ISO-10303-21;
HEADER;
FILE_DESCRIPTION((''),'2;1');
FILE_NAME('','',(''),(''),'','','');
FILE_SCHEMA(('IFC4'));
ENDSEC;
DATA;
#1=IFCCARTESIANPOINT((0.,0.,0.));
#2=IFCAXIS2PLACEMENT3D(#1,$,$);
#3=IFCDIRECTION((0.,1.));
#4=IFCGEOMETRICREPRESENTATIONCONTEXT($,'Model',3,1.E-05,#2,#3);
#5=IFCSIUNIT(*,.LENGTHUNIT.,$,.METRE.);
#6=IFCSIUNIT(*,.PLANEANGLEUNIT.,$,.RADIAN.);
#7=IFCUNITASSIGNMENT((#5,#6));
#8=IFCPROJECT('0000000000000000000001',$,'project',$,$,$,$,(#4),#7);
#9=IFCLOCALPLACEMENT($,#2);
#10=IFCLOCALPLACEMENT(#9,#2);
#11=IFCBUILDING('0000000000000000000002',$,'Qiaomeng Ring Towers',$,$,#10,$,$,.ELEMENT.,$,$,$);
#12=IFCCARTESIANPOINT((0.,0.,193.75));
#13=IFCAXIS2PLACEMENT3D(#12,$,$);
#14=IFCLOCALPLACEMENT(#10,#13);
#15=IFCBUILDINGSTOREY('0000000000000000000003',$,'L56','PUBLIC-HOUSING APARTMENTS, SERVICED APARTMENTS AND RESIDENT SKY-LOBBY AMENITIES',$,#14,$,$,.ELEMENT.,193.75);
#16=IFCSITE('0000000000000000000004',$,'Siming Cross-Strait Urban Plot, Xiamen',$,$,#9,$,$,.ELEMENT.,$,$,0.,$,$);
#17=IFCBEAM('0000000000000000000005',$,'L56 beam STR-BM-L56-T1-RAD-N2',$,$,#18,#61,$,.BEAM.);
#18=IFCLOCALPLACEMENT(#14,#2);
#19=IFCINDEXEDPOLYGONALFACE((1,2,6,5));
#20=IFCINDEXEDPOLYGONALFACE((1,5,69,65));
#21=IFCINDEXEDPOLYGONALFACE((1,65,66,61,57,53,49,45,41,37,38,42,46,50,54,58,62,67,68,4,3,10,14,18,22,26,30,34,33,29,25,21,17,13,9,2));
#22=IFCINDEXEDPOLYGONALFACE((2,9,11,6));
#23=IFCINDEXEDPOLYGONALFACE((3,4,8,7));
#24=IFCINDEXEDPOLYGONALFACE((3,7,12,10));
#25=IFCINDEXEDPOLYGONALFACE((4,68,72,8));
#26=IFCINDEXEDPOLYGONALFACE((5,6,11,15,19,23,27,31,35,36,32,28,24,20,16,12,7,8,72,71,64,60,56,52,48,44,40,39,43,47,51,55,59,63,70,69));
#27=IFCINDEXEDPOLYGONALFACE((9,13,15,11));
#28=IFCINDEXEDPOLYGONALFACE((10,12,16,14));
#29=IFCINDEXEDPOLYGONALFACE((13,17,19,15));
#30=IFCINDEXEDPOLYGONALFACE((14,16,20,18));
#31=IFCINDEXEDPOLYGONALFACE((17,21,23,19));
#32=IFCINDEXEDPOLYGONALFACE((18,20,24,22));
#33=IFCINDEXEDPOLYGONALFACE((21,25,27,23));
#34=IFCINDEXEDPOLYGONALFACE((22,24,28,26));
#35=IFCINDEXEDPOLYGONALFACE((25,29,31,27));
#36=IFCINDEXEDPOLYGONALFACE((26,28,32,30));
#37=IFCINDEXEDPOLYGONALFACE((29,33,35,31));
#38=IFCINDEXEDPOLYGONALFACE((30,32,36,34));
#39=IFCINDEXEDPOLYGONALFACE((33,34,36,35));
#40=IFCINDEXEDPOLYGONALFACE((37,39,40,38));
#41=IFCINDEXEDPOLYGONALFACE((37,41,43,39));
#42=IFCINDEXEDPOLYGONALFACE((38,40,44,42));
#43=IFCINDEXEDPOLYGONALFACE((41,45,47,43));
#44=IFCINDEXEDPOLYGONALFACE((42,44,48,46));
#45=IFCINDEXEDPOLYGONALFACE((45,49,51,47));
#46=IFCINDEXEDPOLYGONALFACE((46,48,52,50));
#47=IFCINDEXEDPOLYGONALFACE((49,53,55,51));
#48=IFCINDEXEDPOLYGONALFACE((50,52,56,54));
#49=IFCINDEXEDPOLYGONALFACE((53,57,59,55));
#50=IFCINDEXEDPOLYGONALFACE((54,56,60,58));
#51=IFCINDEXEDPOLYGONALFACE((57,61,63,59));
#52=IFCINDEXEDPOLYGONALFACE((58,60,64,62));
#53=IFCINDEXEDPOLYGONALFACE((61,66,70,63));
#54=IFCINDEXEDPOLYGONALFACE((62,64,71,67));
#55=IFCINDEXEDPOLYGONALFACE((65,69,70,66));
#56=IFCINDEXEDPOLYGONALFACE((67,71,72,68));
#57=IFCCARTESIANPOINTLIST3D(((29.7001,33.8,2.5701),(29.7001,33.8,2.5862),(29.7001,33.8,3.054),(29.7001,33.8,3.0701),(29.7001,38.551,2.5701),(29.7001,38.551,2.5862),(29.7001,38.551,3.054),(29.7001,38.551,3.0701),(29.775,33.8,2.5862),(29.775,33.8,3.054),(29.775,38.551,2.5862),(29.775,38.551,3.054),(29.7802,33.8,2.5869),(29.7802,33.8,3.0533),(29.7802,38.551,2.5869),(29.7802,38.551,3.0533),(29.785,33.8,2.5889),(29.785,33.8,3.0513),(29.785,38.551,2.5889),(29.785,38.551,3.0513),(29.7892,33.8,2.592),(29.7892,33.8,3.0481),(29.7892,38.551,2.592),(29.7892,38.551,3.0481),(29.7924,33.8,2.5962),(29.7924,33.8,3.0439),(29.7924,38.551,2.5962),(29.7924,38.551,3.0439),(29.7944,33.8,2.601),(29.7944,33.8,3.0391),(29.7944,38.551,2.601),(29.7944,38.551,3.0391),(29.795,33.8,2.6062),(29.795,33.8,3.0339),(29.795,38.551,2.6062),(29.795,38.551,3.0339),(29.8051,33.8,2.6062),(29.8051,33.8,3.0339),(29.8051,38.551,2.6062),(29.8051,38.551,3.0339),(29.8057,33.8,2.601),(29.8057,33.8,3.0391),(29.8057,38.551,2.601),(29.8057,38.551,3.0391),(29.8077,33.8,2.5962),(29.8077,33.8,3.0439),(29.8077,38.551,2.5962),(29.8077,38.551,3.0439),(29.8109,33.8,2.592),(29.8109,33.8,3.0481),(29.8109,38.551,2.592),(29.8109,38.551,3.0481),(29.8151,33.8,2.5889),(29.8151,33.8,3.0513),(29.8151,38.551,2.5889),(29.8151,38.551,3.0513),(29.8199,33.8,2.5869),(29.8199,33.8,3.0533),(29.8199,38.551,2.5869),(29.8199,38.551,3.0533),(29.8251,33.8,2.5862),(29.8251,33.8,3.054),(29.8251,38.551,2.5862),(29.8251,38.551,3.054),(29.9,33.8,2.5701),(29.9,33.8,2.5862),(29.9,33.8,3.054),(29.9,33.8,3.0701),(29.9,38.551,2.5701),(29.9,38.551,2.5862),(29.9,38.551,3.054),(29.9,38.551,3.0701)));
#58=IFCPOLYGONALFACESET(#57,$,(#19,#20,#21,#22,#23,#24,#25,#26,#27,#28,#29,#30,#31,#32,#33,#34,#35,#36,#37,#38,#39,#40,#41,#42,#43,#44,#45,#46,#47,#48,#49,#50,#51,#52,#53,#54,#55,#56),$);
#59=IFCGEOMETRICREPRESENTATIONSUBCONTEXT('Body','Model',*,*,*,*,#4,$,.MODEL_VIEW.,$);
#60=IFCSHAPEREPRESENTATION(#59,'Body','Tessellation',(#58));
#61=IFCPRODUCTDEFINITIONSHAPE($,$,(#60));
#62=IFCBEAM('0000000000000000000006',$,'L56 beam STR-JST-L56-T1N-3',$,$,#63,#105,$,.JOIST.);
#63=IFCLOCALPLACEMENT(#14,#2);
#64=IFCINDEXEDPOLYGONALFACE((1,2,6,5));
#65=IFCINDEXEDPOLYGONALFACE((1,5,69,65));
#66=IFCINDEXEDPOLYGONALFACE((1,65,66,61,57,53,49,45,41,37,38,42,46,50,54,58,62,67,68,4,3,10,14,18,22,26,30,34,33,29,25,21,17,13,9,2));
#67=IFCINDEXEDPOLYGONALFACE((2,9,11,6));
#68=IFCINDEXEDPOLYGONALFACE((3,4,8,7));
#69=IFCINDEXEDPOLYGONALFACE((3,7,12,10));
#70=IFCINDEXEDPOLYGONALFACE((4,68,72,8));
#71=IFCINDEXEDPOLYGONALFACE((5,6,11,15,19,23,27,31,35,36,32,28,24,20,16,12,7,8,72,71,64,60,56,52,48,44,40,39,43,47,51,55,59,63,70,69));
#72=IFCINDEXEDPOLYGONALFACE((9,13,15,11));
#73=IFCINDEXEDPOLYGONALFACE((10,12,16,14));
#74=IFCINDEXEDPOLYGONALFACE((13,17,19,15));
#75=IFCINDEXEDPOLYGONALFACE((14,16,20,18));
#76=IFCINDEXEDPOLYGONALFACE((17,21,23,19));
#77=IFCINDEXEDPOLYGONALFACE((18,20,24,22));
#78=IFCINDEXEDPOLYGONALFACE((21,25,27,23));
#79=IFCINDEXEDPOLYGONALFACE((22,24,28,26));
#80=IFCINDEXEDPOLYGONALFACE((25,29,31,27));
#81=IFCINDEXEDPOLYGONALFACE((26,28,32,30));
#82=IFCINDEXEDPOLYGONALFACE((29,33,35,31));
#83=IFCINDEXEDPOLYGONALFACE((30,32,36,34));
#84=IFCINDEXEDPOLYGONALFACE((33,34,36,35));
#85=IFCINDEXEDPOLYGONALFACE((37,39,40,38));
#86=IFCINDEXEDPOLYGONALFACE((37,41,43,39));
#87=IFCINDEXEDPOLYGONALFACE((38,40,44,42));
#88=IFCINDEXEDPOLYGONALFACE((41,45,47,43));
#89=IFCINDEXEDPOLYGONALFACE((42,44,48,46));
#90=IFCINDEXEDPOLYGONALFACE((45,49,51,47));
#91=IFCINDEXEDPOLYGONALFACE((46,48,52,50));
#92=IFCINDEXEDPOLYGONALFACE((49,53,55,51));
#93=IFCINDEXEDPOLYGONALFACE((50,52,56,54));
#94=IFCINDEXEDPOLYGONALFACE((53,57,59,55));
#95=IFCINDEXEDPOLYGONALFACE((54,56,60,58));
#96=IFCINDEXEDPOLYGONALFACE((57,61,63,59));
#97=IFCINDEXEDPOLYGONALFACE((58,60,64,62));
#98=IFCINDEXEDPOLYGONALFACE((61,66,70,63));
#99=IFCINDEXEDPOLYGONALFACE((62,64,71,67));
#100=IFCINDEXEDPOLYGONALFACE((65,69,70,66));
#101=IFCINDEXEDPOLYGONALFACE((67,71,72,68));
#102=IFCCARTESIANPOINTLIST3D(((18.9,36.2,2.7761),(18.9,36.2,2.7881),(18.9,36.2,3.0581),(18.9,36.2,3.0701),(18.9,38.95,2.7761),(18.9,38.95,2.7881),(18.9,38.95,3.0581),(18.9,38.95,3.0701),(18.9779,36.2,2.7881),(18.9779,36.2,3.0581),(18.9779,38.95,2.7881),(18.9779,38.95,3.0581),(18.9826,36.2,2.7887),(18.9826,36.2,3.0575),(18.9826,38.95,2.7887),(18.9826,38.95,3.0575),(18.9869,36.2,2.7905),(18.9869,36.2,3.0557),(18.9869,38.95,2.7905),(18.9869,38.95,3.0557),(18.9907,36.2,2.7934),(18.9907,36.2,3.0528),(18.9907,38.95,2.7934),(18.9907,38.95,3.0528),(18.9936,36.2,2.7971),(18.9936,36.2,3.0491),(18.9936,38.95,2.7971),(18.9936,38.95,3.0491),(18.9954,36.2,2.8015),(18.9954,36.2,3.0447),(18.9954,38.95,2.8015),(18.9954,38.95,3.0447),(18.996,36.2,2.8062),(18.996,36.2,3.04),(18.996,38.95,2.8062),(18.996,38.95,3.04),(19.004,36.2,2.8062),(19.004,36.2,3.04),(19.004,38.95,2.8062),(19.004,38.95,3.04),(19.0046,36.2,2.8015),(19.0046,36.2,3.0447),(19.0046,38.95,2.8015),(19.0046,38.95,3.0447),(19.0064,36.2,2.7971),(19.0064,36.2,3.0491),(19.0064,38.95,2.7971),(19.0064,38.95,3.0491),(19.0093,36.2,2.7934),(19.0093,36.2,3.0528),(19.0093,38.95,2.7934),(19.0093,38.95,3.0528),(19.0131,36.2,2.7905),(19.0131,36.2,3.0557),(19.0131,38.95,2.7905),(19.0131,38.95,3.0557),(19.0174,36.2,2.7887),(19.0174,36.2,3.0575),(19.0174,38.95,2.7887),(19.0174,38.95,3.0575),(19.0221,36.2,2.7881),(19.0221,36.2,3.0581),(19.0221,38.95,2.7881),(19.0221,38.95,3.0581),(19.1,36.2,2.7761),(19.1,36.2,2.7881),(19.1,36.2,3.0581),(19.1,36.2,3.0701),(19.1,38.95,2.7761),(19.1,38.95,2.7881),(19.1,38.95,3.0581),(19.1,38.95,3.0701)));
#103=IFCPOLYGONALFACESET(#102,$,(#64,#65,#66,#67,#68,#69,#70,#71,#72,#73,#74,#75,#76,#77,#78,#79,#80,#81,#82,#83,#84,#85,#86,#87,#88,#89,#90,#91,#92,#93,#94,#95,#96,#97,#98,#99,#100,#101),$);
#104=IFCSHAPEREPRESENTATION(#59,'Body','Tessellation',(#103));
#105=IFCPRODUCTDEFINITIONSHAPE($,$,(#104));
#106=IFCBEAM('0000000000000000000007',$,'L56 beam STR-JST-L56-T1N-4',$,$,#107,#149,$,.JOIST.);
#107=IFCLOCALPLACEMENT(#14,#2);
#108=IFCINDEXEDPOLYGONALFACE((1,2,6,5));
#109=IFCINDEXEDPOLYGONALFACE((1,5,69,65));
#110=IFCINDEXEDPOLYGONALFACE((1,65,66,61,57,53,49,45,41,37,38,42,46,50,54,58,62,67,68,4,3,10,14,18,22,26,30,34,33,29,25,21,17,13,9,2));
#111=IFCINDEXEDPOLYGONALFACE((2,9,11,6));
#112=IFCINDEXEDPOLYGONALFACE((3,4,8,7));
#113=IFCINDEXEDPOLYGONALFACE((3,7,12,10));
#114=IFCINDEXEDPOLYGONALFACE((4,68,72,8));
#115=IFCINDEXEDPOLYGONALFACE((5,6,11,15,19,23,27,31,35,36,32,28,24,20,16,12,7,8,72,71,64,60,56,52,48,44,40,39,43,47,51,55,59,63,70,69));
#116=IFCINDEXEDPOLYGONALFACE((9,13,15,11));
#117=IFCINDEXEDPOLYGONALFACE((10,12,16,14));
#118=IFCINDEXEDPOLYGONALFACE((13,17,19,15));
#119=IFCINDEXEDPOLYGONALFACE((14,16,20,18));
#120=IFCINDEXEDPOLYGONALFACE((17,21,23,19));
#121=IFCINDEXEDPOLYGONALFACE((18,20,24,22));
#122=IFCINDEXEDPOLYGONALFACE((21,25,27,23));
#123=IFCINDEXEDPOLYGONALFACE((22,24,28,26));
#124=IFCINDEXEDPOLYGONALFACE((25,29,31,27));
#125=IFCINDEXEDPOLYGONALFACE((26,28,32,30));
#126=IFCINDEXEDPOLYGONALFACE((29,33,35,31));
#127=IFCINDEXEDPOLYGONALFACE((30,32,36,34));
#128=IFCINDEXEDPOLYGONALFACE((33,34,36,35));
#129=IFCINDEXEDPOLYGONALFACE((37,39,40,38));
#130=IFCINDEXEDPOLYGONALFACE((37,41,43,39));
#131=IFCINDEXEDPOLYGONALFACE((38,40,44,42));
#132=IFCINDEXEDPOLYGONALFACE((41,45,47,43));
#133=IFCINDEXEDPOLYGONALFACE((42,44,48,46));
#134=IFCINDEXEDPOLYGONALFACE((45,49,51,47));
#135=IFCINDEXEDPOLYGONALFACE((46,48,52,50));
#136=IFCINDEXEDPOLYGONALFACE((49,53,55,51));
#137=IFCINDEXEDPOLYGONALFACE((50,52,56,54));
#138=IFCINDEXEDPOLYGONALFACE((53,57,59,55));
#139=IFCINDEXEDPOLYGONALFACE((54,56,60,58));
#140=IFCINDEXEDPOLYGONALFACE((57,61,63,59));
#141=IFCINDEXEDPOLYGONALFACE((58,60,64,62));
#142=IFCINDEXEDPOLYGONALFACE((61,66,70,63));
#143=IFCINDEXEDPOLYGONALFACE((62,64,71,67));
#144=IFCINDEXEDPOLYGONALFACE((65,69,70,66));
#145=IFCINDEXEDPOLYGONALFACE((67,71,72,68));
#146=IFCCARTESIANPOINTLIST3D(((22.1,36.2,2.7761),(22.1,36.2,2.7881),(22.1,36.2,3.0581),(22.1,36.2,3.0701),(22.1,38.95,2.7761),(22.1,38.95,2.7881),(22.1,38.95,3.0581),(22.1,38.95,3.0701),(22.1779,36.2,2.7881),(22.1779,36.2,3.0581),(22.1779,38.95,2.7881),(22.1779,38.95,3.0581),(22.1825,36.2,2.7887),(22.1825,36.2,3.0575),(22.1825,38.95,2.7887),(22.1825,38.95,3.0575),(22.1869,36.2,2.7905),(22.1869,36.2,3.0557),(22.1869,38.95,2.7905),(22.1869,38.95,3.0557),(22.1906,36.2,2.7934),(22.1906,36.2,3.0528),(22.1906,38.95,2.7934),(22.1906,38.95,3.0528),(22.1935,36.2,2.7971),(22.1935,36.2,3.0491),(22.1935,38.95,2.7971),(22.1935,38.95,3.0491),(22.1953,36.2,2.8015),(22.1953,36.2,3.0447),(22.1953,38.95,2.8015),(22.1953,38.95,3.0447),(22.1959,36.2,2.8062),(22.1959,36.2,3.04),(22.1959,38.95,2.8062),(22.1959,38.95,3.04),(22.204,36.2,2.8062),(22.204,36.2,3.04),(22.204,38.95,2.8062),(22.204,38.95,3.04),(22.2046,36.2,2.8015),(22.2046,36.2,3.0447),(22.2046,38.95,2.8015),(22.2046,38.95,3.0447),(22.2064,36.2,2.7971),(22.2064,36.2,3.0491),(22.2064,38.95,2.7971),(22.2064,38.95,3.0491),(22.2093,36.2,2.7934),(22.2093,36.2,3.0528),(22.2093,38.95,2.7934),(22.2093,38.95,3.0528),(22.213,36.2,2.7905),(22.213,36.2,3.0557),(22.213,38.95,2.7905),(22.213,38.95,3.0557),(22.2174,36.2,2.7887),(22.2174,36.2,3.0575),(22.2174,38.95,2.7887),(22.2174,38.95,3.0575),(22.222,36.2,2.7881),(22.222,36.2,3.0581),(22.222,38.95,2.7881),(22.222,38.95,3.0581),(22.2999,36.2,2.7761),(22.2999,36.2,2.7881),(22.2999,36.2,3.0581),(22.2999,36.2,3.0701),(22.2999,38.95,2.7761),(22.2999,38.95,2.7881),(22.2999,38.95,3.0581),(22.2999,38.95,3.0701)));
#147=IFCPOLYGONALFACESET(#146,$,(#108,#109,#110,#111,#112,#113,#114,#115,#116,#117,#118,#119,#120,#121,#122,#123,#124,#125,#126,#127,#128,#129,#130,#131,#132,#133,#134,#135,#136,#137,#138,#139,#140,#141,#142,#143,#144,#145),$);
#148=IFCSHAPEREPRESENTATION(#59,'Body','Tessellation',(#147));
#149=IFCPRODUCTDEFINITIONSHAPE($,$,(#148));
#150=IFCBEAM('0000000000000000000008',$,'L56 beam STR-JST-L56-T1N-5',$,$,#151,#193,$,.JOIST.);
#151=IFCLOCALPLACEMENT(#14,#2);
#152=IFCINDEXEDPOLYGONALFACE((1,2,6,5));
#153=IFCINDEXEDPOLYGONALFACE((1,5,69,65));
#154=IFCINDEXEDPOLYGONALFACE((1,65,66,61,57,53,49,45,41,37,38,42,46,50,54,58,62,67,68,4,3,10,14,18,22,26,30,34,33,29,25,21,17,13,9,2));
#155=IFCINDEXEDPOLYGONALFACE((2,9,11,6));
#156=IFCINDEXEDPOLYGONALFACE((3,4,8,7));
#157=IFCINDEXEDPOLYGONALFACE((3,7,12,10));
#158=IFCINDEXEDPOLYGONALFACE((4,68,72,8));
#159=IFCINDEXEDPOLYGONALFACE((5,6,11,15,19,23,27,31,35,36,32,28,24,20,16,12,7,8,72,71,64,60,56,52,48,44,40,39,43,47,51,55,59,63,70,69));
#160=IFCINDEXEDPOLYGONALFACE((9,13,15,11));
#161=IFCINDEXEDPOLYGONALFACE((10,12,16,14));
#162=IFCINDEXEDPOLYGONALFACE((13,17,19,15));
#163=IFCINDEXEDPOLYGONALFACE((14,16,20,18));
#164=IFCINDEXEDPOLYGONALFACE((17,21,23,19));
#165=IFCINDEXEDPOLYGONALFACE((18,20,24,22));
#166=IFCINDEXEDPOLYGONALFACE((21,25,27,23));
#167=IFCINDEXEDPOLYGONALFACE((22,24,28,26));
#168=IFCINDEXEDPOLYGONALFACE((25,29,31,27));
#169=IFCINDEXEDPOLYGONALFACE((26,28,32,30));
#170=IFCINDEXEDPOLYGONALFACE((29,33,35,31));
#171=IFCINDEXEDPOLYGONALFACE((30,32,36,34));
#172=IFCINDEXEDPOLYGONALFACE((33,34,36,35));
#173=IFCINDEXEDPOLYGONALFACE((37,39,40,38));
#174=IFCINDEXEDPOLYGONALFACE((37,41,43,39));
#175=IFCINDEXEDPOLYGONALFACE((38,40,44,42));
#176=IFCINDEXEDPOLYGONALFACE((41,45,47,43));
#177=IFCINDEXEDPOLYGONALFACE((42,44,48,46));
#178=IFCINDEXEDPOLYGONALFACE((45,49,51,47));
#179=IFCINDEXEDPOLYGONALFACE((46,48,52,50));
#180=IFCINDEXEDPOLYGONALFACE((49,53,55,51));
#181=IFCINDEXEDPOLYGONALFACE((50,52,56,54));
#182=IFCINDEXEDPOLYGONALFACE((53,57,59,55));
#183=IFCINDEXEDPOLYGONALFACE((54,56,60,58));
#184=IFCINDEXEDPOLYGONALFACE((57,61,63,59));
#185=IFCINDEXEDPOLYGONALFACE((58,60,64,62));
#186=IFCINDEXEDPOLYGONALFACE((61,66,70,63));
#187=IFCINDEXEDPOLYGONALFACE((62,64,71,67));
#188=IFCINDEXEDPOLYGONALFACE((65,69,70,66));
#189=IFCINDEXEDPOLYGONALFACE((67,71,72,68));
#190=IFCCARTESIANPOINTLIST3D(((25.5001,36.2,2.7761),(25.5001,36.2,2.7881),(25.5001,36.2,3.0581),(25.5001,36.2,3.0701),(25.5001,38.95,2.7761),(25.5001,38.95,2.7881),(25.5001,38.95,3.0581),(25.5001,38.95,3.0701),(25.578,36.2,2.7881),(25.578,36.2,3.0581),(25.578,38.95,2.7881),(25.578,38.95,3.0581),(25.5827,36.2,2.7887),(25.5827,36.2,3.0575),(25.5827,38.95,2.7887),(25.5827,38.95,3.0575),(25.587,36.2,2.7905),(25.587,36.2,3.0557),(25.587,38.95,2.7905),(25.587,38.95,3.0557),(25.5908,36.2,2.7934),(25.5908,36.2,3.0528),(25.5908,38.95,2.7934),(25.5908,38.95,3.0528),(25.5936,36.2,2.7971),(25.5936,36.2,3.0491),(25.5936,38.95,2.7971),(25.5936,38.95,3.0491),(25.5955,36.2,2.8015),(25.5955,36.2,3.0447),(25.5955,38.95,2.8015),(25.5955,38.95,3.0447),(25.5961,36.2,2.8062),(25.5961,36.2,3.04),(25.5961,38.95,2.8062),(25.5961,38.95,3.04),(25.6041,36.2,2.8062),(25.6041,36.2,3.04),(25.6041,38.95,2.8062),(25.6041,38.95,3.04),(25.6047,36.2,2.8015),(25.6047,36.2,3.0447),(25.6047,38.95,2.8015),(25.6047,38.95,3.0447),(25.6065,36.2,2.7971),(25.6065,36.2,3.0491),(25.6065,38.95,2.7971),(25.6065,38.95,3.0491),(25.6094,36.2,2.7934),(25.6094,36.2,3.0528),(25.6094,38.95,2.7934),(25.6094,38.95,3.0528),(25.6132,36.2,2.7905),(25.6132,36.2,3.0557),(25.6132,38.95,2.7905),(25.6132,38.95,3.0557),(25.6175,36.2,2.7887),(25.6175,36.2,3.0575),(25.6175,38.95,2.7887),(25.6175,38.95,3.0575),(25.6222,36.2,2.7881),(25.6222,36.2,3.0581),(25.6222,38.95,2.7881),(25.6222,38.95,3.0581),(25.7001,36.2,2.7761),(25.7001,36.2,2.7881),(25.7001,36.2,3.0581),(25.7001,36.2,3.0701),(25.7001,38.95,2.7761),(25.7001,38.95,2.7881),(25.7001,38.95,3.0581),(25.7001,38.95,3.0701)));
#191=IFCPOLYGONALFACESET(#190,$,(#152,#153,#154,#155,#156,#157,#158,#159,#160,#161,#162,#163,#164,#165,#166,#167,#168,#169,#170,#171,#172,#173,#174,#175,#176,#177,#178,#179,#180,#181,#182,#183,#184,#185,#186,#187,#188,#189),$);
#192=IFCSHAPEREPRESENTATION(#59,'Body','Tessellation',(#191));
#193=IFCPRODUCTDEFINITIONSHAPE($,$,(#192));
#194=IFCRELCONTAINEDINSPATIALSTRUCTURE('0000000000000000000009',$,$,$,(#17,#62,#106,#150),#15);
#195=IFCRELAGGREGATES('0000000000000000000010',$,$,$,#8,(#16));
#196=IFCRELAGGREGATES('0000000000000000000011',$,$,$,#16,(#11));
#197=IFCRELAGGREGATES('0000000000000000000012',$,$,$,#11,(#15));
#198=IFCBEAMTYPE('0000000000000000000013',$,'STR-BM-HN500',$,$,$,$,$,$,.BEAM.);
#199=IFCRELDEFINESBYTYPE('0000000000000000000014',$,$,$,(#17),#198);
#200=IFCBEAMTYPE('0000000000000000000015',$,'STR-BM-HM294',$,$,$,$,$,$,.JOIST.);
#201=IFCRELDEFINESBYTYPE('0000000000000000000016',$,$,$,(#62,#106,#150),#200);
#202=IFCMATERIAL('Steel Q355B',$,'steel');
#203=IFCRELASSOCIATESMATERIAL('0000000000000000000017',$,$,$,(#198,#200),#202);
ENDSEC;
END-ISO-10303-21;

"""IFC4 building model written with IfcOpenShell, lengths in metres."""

from ifc_helpers import new_model, si_unit, direction, frame, origin, origin_2d, place, context, subcontext, project, spatial, i_section, extrude, source, transform, mapped, material, material_profile, profile_set, type_object, element, save


model = new_model("IFC4")

# Units and contexts
model_context = context("Model", 3, precision=1e-05, world=origin(), true_north=direction((0.0, 1.0)))
body_context = subcontext(model_context, "Body", "Model", "MODEL_VIEW")
ifc_project = project(units=[si_unit("LENGTHUNIT", "METRE"), si_unit("PLANEANGLEUNIT", "RADIAN")], contexts=[model_context])

# Site, building, storey
site_placement = place(None, origin())
site = spatial("IfcSite", under=ifc_project, at=site_placement, Name="Siming Cross-Strait Urban Plot, Xiamen", CompositionType="ELEMENT", RefElevation=0.0)
building_placement = place(site_placement, origin())
building = spatial("IfcBuilding", under=site, at=building_placement, Name="Qiaomeng Ring Towers", CompositionType="ELEMENT")
storey_placement = place(building_placement, frame((0.0, 0.0, 193.75)))
storey = spatial("IfcBuildingStorey", under=building, at=storey_placement, Name="L56", Description="PUBLIC-HOUSING APARTMENTS, SERVICED APARTMENTS AND RESIDENT SKY-LOBBY AMENITIES", CompositionType="ELEMENT", Elevation=193.75)

# Beams
ifc_material_1 = material(Name="Steel Q355B", Category="steel")
ifc_material_profile_1 = material_profile(ifc_material_1, i_section(OverallWidth=0.2, OverallDepth=0.5, WebThickness=0.01, FlangeThickness=0.0161, FilletRadius=0.02, at=origin_2d()), Name="HN 500x200x10x16")
ifc_profile_set_1 = profile_set([ifc_material_profile_1], Name="Steel Q355B")
beam_type_1 = type_object("IfcBeamType", Name="STR-BM-HN500", PredefinedType="BEAM", material=ifc_profile_set_1)
shared_shape_1 = source(origin(), body_context, "Body", "SweptSolid", [
    extrude(i_section(OverallWidth=0.2, OverallDepth=0.5, WebThickness=0.01, FlangeThickness=0.0161, FilletRadius=0.02, at=origin_2d()), origin(), (0.0, 0.0, 1.0), 4.751),
])
beam_1_placement = place(storey_placement, frame((29.8, 38.551, 2.8201), z_axis=(0.0, -1.0, 0.0), x_axis=(1.0, 0.0, 0.0)))
element("IfcBeam", 1, at=beam_1_placement, inside=storey, type_object=beam_type_1, Name="L56 beam STR-BM-L56-T1-RAD-N2", PredefinedType="BEAM", context=body_context, shape_type="MappedRepresentation", body=[
    mapped(shared_shape_1, transform((0.0, 0.0, 0.0), x_axis=(1.0, 0.0, 0.0), y_axis=(0.0, 1.0, 0.0), z_axis=(0.0, 0.0, 1.0), scale=1.0)),
])
ifc_material_profile_2 = material_profile(ifc_material_1, i_section(OverallWidth=0.2, OverallDepth=0.2939, WebThickness=0.0081, FlangeThickness=0.012, FilletRadius=0.0181, at=origin_2d()), Name="HM 294x200x8x12")
ifc_profile_set_2 = profile_set([ifc_material_profile_2], Name="Steel Q355B")
beam_type_2 = type_object("IfcBeamType", Name="STR-BM-HM294", PredefinedType="JOIST", material=ifc_profile_set_2)
shared_shape_2 = source(origin(), body_context, "Body", "SweptSolid", [
    extrude(i_section(OverallWidth=0.2, OverallDepth=0.2939, WebThickness=0.0081, FlangeThickness=0.012, FilletRadius=0.0181, at=origin_2d()), origin(), (0.0, 0.0, 1.0), 2.75),
])
for number, where, z_axis, x_axis, name in (
    (2, (19.0, 36.2, 2.9231), (0.0, 1.0, 0.0), (-1.0, 0.0, 0.0), "L56 beam STR-JST-L56-T1N-3"),
    (3, (22.2, 36.2, 2.9231), (0.0, 1.0, 0.0), (-1.0, 0.0, 0.0), "L56 beam STR-JST-L56-T1N-4"),
    (4, (25.6001, 36.2, 2.9231), (0.0, 1.0, 0.0), (-1.0, 0.0, 0.0), "L56 beam STR-JST-L56-T1N-5"),
):
    element("IfcBeam", number, at=place(storey_placement, frame(where, z_axis=z_axis, x_axis=x_axis)), inside=storey, type_object=beam_type_2, Name=name, PredefinedType="JOIST", context=body_context, shape_type="MappedRepresentation", body=[
        mapped(shared_shape_2, transform((0.0, 0.0, 0.0), x_axis=(1.0, 0.0, 0.0), y_axis=(0.0, 1.0, 0.0), z_axis=(0.0, 0.0, 1.0), scale=1.0)),
    ])

save(model, "model.ifc")
